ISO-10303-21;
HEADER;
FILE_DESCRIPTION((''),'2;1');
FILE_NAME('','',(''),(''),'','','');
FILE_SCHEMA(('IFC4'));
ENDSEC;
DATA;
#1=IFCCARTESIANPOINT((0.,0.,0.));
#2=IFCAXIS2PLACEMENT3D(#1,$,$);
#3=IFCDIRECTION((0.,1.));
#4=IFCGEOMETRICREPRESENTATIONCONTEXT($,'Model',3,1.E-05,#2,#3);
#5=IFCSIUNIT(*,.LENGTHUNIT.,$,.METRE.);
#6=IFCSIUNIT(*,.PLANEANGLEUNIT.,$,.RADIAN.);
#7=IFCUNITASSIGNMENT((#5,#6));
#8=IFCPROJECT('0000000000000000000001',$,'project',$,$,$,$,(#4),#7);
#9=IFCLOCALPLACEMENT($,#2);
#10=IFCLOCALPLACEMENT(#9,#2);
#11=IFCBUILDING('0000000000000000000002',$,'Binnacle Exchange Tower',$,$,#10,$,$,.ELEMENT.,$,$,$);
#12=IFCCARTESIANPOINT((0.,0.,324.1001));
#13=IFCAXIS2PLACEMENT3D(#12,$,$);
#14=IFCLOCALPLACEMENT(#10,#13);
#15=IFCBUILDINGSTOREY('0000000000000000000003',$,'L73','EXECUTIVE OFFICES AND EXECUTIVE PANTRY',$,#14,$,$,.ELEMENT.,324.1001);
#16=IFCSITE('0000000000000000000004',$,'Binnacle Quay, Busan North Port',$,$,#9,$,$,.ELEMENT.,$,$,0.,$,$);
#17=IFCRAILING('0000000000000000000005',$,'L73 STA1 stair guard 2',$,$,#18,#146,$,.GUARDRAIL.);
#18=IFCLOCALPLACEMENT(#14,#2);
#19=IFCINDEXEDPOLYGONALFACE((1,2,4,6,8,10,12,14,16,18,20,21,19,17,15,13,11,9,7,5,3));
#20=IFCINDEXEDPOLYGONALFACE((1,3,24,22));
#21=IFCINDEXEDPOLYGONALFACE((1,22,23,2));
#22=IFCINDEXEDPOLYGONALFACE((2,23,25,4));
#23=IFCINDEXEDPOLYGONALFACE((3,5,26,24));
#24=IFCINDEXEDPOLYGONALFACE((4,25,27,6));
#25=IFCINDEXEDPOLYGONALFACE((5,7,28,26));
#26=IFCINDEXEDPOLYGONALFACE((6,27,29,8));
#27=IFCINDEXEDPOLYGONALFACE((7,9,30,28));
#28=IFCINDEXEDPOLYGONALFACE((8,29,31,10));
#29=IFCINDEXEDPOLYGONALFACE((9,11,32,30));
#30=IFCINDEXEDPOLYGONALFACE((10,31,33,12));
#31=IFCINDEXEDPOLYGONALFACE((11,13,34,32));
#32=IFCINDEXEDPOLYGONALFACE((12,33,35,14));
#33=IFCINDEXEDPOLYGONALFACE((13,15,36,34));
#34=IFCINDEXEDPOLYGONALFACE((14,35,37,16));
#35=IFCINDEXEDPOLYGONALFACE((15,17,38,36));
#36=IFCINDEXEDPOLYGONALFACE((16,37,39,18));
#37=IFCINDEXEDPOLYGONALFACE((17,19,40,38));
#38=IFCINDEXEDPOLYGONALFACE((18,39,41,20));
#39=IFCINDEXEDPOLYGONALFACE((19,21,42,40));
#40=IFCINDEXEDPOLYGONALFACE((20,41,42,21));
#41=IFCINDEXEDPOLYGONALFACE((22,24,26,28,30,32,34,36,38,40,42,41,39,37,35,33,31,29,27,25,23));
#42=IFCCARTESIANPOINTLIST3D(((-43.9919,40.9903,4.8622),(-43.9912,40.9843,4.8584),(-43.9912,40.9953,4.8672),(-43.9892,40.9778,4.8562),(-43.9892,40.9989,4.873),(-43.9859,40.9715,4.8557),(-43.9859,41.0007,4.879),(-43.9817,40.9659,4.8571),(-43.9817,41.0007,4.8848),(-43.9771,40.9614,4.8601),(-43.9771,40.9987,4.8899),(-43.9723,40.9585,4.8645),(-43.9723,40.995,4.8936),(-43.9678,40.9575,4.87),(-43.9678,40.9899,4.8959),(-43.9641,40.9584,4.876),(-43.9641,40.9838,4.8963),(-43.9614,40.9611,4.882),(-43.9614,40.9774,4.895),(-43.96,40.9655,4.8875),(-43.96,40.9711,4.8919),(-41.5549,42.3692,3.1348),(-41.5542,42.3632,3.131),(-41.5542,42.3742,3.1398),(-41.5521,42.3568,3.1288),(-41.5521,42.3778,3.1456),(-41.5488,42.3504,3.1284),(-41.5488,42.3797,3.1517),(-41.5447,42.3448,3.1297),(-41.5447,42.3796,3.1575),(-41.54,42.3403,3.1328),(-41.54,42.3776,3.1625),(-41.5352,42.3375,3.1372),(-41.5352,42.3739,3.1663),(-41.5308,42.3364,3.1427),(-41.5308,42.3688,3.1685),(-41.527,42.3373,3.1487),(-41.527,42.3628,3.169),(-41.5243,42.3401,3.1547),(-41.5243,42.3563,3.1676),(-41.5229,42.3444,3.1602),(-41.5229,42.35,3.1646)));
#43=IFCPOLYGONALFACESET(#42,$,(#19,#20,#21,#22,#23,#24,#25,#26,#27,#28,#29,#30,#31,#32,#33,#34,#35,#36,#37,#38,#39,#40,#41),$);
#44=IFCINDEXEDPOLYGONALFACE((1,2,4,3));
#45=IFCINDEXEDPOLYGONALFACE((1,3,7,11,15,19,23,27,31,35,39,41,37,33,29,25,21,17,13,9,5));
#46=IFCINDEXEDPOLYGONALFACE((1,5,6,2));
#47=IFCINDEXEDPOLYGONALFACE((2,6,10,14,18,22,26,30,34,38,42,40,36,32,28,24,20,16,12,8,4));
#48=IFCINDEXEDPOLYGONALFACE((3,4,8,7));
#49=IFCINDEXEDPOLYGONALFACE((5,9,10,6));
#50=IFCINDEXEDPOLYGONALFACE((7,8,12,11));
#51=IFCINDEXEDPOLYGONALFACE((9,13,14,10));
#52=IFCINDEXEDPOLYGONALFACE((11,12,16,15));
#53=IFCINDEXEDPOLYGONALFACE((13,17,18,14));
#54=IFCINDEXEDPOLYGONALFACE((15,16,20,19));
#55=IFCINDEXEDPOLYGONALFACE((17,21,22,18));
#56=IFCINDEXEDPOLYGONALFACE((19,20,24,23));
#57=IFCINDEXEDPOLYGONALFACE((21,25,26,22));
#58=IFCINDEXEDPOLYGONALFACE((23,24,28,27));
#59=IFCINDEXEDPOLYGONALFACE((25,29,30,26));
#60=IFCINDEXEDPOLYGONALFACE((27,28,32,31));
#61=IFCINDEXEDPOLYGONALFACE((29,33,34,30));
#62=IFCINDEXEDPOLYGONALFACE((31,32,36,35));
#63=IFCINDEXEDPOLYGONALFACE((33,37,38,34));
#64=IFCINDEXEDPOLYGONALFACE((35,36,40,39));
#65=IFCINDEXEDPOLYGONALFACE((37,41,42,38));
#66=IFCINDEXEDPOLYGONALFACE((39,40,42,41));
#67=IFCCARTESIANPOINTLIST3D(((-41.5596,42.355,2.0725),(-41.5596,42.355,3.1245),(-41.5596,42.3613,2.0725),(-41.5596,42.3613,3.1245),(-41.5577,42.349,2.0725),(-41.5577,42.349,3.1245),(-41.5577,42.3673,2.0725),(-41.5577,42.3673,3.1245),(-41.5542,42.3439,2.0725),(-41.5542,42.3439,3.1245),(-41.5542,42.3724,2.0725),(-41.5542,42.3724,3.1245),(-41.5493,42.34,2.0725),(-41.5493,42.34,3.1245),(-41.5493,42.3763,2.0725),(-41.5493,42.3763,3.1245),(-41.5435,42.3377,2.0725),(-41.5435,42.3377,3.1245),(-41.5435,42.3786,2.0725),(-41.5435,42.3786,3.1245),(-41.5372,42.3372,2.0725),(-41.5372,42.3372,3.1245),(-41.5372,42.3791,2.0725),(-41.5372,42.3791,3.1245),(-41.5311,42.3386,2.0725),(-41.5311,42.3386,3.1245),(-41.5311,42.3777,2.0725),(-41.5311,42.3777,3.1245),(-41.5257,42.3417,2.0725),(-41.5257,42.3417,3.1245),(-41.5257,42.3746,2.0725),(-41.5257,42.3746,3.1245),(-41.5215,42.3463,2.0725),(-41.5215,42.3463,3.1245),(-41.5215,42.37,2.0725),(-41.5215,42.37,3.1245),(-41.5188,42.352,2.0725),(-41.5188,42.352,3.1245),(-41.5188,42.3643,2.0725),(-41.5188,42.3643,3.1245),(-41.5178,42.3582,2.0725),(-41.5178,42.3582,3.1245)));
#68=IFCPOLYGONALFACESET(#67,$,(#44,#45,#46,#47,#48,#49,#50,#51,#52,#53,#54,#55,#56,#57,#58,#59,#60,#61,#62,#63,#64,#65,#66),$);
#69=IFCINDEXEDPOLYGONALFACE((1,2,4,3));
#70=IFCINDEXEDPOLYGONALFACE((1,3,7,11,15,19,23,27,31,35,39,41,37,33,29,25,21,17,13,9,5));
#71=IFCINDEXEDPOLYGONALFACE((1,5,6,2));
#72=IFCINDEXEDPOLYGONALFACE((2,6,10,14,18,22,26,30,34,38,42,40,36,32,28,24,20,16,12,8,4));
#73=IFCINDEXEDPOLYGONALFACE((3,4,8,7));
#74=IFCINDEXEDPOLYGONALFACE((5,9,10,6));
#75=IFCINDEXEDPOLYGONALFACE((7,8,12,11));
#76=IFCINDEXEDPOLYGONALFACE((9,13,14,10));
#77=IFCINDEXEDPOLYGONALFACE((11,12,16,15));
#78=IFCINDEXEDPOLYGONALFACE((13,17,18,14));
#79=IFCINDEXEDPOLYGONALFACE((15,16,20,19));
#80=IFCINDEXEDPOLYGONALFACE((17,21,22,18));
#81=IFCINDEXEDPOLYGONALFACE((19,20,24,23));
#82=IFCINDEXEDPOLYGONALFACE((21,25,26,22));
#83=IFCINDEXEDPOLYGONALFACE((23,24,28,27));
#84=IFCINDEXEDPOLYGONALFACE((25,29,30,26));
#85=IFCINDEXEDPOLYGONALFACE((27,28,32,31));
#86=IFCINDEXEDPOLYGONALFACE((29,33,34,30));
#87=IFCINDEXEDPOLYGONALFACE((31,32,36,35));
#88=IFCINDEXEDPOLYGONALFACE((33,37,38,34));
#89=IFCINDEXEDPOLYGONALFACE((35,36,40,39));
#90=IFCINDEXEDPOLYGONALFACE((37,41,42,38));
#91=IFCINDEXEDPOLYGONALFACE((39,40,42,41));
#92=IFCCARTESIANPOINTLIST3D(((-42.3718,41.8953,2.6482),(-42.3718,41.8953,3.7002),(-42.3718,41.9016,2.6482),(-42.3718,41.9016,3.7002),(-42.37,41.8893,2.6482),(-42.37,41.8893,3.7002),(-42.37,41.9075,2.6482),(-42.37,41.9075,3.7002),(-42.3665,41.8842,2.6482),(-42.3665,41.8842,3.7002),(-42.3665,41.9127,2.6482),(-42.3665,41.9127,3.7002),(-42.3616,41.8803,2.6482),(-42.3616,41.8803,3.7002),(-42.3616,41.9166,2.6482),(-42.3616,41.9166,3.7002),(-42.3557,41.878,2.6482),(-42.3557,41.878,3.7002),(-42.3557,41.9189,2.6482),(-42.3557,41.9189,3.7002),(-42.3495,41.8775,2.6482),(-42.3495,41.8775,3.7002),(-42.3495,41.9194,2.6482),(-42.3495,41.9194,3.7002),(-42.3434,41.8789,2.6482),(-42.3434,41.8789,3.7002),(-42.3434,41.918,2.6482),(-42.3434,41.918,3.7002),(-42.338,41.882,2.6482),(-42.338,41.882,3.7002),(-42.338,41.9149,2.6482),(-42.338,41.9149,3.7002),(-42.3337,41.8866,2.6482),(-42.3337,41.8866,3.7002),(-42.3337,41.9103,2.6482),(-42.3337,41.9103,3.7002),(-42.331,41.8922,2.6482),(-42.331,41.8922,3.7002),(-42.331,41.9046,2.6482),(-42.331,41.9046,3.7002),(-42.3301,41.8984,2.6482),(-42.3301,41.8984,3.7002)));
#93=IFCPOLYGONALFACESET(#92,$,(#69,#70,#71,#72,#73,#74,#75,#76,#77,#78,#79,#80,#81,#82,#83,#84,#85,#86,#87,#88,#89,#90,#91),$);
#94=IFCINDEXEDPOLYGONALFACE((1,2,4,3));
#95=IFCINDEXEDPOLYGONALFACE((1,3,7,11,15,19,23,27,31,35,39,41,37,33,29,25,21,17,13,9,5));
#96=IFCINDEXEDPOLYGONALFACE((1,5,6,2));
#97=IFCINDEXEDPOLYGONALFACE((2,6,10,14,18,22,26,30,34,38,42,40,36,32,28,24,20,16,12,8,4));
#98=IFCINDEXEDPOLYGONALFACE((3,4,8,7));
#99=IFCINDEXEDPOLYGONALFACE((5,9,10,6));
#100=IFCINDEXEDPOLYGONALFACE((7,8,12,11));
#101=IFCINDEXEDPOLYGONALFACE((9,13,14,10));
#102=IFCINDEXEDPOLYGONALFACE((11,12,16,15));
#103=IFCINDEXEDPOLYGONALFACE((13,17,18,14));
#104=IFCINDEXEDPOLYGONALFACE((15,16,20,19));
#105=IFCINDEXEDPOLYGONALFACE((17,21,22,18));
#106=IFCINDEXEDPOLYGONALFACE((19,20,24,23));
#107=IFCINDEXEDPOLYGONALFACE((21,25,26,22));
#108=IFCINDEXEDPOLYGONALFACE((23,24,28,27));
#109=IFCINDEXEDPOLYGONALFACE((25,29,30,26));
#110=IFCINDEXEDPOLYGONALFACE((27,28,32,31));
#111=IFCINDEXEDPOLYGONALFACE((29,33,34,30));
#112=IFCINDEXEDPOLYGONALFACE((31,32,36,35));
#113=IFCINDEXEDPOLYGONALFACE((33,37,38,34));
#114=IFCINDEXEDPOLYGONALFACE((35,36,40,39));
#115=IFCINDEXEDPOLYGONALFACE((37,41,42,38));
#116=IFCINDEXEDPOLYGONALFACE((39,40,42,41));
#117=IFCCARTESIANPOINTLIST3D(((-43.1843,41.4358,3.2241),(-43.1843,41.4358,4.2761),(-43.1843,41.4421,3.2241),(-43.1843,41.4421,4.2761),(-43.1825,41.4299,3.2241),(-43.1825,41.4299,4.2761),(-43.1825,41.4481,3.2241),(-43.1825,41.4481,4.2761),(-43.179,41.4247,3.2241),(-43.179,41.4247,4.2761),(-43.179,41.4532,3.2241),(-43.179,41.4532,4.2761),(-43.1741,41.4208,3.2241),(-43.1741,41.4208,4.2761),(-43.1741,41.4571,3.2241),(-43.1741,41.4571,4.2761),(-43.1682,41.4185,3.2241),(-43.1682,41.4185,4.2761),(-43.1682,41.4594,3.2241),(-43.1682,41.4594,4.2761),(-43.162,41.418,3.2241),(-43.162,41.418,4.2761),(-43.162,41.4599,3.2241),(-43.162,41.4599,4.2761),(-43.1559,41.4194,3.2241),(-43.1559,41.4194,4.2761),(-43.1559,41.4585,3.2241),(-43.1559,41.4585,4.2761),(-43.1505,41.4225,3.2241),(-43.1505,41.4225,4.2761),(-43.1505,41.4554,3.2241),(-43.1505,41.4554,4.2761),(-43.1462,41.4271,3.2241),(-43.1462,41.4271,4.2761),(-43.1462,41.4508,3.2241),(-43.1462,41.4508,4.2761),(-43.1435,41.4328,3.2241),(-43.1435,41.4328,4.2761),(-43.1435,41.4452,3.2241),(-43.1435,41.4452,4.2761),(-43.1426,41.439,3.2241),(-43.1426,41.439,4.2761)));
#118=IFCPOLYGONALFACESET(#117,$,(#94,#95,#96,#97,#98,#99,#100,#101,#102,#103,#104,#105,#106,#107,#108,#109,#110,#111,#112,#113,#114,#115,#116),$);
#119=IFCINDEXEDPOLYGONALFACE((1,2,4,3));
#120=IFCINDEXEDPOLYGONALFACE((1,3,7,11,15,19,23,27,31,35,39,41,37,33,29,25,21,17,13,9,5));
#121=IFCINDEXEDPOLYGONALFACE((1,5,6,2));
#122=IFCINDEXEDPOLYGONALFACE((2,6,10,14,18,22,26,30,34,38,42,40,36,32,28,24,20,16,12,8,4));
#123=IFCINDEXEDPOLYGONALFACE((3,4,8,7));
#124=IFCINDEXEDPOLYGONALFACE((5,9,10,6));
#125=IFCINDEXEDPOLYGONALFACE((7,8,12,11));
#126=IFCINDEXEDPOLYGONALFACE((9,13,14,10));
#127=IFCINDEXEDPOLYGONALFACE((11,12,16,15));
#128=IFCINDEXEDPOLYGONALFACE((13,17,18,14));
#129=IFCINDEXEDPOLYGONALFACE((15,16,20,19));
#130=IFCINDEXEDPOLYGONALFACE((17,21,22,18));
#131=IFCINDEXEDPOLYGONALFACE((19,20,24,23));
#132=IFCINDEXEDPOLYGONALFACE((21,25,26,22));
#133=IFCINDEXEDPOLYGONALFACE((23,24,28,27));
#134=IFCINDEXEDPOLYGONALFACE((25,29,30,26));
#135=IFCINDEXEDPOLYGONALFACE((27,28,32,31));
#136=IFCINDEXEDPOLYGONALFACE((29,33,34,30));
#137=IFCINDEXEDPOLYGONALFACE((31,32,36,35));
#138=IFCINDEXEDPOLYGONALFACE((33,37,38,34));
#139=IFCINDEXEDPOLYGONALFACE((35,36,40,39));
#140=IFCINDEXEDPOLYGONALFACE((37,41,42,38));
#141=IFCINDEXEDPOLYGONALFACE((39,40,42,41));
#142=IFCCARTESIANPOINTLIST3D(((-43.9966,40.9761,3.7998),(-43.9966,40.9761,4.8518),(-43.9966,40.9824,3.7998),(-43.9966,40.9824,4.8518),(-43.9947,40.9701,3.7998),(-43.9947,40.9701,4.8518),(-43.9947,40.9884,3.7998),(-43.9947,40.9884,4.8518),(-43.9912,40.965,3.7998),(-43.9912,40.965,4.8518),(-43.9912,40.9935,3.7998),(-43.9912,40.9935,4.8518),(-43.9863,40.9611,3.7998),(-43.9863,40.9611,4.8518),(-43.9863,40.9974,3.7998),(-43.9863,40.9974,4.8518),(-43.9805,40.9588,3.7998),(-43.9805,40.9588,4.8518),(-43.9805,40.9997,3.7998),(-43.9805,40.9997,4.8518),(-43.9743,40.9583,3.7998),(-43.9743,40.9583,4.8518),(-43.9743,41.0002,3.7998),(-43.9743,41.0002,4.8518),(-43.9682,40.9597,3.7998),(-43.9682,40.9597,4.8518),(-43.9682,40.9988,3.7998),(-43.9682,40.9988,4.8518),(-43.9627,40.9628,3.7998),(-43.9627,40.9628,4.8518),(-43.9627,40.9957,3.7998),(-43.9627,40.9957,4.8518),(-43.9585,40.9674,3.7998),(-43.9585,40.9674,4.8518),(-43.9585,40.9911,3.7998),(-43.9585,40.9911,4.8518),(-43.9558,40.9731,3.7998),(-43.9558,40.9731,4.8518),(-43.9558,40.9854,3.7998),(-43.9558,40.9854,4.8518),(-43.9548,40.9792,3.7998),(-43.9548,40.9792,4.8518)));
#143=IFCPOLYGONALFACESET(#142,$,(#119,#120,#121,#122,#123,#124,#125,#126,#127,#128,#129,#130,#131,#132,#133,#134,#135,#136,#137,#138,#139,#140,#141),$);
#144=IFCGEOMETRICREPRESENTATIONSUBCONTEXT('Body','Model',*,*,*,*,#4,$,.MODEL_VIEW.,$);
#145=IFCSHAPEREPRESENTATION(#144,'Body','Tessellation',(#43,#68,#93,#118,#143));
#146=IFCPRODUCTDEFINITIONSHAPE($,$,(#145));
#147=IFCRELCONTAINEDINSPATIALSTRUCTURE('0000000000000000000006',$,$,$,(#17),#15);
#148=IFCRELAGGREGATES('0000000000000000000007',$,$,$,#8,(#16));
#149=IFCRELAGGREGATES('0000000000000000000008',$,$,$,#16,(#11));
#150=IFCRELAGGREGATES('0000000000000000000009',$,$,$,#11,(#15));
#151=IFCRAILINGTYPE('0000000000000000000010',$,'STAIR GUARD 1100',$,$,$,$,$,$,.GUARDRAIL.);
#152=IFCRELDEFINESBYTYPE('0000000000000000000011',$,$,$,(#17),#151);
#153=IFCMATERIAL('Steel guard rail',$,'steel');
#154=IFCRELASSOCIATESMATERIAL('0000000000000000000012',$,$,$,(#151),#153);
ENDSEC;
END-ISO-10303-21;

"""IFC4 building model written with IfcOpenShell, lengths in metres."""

from ifc_helpers import new_model, si_unit, direction, frame, origin, origin_2d, place, context, subcontext, project, spatial, circle, extrude, material, type_object, element, save


model = new_model("IFC4")

# Units and contexts
model_context = context("Model", 3, precision=1e-05, world=origin(), true_north=direction((0.0, 1.0)))
body_context = subcontext(model_context, "Body", "Model", "MODEL_VIEW")
ifc_project = project(units=[si_unit("LENGTHUNIT", "METRE"), si_unit("PLANEANGLEUNIT", "RADIAN")], contexts=[model_context])

# Site, building, storey
site_placement = place(None, origin())
site = spatial("IfcSite", under=ifc_project, at=site_placement, Name="Binnacle Quay, Busan North Port", CompositionType="ELEMENT", RefElevation=0.0)
building_placement = place(site_placement, origin())
building = spatial("IfcBuilding", under=site, at=building_placement, Name="Binnacle Exchange Tower", CompositionType="ELEMENT")
storey_placement = place(building_placement, frame((0.0, 0.0, 324.1001)))
storey = spatial("IfcBuildingStorey", under=building, at=storey_placement, Name="L73", Description="EXECUTIVE OFFICES AND EXECUTIVE PANTRY", CompositionType="ELEMENT", Elevation=324.1001)

# Railing
ifc_material_1 = material(Name="Steel guard rail", Category="steel")
railing_type_1 = type_object("IfcRailingType", Name="STAIR GUARD 1100", PredefinedType="GUARDRAIL", material=ifc_material_1)
railing_1_placement = place(storey_placement, frame((-41.5388, 42.3582, 2.0725)))
element("IfcRailing", 1, at=railing_1_placement, inside=storey, type_object=railing_type_1, Name="L73 STA1 stair guard 2", PredefinedType="GUARDRAIL", context=body_context, shape_type="SweptSolid", body=[
    extrude(circle(Radius=0.0239, at=origin_2d()), frame((0.0, 0.0, 1.0762), z_axis=(-0.740738, -0.419123, 0.525017), x_axis=(0.492454, -0.870339, 0.0)), (0.0, 0.0, 1.0), 3.29),
    extrude(circle(Radius=0.021, at=origin_2d()), origin(), (0.0, 0.0, 1.0), 1.052),
    extrude(circle(Radius=0.021, at=origin_2d()), frame((-0.8123, -0.4597, 0.5757)), (0.0, 0.0, 1.0), 1.052),
    extrude(circle(Radius=0.021, at=origin_2d()), frame((-1.6248, -0.9192, 1.1516)), (0.0, 0.0, 1.0), 1.052),
    extrude(circle(Radius=0.021, at=origin_2d()), frame((-2.437, -1.3789, 1.7273)), (0.0, 0.0, 1.0), 1.052),
])

save(model, "model.ifc")
